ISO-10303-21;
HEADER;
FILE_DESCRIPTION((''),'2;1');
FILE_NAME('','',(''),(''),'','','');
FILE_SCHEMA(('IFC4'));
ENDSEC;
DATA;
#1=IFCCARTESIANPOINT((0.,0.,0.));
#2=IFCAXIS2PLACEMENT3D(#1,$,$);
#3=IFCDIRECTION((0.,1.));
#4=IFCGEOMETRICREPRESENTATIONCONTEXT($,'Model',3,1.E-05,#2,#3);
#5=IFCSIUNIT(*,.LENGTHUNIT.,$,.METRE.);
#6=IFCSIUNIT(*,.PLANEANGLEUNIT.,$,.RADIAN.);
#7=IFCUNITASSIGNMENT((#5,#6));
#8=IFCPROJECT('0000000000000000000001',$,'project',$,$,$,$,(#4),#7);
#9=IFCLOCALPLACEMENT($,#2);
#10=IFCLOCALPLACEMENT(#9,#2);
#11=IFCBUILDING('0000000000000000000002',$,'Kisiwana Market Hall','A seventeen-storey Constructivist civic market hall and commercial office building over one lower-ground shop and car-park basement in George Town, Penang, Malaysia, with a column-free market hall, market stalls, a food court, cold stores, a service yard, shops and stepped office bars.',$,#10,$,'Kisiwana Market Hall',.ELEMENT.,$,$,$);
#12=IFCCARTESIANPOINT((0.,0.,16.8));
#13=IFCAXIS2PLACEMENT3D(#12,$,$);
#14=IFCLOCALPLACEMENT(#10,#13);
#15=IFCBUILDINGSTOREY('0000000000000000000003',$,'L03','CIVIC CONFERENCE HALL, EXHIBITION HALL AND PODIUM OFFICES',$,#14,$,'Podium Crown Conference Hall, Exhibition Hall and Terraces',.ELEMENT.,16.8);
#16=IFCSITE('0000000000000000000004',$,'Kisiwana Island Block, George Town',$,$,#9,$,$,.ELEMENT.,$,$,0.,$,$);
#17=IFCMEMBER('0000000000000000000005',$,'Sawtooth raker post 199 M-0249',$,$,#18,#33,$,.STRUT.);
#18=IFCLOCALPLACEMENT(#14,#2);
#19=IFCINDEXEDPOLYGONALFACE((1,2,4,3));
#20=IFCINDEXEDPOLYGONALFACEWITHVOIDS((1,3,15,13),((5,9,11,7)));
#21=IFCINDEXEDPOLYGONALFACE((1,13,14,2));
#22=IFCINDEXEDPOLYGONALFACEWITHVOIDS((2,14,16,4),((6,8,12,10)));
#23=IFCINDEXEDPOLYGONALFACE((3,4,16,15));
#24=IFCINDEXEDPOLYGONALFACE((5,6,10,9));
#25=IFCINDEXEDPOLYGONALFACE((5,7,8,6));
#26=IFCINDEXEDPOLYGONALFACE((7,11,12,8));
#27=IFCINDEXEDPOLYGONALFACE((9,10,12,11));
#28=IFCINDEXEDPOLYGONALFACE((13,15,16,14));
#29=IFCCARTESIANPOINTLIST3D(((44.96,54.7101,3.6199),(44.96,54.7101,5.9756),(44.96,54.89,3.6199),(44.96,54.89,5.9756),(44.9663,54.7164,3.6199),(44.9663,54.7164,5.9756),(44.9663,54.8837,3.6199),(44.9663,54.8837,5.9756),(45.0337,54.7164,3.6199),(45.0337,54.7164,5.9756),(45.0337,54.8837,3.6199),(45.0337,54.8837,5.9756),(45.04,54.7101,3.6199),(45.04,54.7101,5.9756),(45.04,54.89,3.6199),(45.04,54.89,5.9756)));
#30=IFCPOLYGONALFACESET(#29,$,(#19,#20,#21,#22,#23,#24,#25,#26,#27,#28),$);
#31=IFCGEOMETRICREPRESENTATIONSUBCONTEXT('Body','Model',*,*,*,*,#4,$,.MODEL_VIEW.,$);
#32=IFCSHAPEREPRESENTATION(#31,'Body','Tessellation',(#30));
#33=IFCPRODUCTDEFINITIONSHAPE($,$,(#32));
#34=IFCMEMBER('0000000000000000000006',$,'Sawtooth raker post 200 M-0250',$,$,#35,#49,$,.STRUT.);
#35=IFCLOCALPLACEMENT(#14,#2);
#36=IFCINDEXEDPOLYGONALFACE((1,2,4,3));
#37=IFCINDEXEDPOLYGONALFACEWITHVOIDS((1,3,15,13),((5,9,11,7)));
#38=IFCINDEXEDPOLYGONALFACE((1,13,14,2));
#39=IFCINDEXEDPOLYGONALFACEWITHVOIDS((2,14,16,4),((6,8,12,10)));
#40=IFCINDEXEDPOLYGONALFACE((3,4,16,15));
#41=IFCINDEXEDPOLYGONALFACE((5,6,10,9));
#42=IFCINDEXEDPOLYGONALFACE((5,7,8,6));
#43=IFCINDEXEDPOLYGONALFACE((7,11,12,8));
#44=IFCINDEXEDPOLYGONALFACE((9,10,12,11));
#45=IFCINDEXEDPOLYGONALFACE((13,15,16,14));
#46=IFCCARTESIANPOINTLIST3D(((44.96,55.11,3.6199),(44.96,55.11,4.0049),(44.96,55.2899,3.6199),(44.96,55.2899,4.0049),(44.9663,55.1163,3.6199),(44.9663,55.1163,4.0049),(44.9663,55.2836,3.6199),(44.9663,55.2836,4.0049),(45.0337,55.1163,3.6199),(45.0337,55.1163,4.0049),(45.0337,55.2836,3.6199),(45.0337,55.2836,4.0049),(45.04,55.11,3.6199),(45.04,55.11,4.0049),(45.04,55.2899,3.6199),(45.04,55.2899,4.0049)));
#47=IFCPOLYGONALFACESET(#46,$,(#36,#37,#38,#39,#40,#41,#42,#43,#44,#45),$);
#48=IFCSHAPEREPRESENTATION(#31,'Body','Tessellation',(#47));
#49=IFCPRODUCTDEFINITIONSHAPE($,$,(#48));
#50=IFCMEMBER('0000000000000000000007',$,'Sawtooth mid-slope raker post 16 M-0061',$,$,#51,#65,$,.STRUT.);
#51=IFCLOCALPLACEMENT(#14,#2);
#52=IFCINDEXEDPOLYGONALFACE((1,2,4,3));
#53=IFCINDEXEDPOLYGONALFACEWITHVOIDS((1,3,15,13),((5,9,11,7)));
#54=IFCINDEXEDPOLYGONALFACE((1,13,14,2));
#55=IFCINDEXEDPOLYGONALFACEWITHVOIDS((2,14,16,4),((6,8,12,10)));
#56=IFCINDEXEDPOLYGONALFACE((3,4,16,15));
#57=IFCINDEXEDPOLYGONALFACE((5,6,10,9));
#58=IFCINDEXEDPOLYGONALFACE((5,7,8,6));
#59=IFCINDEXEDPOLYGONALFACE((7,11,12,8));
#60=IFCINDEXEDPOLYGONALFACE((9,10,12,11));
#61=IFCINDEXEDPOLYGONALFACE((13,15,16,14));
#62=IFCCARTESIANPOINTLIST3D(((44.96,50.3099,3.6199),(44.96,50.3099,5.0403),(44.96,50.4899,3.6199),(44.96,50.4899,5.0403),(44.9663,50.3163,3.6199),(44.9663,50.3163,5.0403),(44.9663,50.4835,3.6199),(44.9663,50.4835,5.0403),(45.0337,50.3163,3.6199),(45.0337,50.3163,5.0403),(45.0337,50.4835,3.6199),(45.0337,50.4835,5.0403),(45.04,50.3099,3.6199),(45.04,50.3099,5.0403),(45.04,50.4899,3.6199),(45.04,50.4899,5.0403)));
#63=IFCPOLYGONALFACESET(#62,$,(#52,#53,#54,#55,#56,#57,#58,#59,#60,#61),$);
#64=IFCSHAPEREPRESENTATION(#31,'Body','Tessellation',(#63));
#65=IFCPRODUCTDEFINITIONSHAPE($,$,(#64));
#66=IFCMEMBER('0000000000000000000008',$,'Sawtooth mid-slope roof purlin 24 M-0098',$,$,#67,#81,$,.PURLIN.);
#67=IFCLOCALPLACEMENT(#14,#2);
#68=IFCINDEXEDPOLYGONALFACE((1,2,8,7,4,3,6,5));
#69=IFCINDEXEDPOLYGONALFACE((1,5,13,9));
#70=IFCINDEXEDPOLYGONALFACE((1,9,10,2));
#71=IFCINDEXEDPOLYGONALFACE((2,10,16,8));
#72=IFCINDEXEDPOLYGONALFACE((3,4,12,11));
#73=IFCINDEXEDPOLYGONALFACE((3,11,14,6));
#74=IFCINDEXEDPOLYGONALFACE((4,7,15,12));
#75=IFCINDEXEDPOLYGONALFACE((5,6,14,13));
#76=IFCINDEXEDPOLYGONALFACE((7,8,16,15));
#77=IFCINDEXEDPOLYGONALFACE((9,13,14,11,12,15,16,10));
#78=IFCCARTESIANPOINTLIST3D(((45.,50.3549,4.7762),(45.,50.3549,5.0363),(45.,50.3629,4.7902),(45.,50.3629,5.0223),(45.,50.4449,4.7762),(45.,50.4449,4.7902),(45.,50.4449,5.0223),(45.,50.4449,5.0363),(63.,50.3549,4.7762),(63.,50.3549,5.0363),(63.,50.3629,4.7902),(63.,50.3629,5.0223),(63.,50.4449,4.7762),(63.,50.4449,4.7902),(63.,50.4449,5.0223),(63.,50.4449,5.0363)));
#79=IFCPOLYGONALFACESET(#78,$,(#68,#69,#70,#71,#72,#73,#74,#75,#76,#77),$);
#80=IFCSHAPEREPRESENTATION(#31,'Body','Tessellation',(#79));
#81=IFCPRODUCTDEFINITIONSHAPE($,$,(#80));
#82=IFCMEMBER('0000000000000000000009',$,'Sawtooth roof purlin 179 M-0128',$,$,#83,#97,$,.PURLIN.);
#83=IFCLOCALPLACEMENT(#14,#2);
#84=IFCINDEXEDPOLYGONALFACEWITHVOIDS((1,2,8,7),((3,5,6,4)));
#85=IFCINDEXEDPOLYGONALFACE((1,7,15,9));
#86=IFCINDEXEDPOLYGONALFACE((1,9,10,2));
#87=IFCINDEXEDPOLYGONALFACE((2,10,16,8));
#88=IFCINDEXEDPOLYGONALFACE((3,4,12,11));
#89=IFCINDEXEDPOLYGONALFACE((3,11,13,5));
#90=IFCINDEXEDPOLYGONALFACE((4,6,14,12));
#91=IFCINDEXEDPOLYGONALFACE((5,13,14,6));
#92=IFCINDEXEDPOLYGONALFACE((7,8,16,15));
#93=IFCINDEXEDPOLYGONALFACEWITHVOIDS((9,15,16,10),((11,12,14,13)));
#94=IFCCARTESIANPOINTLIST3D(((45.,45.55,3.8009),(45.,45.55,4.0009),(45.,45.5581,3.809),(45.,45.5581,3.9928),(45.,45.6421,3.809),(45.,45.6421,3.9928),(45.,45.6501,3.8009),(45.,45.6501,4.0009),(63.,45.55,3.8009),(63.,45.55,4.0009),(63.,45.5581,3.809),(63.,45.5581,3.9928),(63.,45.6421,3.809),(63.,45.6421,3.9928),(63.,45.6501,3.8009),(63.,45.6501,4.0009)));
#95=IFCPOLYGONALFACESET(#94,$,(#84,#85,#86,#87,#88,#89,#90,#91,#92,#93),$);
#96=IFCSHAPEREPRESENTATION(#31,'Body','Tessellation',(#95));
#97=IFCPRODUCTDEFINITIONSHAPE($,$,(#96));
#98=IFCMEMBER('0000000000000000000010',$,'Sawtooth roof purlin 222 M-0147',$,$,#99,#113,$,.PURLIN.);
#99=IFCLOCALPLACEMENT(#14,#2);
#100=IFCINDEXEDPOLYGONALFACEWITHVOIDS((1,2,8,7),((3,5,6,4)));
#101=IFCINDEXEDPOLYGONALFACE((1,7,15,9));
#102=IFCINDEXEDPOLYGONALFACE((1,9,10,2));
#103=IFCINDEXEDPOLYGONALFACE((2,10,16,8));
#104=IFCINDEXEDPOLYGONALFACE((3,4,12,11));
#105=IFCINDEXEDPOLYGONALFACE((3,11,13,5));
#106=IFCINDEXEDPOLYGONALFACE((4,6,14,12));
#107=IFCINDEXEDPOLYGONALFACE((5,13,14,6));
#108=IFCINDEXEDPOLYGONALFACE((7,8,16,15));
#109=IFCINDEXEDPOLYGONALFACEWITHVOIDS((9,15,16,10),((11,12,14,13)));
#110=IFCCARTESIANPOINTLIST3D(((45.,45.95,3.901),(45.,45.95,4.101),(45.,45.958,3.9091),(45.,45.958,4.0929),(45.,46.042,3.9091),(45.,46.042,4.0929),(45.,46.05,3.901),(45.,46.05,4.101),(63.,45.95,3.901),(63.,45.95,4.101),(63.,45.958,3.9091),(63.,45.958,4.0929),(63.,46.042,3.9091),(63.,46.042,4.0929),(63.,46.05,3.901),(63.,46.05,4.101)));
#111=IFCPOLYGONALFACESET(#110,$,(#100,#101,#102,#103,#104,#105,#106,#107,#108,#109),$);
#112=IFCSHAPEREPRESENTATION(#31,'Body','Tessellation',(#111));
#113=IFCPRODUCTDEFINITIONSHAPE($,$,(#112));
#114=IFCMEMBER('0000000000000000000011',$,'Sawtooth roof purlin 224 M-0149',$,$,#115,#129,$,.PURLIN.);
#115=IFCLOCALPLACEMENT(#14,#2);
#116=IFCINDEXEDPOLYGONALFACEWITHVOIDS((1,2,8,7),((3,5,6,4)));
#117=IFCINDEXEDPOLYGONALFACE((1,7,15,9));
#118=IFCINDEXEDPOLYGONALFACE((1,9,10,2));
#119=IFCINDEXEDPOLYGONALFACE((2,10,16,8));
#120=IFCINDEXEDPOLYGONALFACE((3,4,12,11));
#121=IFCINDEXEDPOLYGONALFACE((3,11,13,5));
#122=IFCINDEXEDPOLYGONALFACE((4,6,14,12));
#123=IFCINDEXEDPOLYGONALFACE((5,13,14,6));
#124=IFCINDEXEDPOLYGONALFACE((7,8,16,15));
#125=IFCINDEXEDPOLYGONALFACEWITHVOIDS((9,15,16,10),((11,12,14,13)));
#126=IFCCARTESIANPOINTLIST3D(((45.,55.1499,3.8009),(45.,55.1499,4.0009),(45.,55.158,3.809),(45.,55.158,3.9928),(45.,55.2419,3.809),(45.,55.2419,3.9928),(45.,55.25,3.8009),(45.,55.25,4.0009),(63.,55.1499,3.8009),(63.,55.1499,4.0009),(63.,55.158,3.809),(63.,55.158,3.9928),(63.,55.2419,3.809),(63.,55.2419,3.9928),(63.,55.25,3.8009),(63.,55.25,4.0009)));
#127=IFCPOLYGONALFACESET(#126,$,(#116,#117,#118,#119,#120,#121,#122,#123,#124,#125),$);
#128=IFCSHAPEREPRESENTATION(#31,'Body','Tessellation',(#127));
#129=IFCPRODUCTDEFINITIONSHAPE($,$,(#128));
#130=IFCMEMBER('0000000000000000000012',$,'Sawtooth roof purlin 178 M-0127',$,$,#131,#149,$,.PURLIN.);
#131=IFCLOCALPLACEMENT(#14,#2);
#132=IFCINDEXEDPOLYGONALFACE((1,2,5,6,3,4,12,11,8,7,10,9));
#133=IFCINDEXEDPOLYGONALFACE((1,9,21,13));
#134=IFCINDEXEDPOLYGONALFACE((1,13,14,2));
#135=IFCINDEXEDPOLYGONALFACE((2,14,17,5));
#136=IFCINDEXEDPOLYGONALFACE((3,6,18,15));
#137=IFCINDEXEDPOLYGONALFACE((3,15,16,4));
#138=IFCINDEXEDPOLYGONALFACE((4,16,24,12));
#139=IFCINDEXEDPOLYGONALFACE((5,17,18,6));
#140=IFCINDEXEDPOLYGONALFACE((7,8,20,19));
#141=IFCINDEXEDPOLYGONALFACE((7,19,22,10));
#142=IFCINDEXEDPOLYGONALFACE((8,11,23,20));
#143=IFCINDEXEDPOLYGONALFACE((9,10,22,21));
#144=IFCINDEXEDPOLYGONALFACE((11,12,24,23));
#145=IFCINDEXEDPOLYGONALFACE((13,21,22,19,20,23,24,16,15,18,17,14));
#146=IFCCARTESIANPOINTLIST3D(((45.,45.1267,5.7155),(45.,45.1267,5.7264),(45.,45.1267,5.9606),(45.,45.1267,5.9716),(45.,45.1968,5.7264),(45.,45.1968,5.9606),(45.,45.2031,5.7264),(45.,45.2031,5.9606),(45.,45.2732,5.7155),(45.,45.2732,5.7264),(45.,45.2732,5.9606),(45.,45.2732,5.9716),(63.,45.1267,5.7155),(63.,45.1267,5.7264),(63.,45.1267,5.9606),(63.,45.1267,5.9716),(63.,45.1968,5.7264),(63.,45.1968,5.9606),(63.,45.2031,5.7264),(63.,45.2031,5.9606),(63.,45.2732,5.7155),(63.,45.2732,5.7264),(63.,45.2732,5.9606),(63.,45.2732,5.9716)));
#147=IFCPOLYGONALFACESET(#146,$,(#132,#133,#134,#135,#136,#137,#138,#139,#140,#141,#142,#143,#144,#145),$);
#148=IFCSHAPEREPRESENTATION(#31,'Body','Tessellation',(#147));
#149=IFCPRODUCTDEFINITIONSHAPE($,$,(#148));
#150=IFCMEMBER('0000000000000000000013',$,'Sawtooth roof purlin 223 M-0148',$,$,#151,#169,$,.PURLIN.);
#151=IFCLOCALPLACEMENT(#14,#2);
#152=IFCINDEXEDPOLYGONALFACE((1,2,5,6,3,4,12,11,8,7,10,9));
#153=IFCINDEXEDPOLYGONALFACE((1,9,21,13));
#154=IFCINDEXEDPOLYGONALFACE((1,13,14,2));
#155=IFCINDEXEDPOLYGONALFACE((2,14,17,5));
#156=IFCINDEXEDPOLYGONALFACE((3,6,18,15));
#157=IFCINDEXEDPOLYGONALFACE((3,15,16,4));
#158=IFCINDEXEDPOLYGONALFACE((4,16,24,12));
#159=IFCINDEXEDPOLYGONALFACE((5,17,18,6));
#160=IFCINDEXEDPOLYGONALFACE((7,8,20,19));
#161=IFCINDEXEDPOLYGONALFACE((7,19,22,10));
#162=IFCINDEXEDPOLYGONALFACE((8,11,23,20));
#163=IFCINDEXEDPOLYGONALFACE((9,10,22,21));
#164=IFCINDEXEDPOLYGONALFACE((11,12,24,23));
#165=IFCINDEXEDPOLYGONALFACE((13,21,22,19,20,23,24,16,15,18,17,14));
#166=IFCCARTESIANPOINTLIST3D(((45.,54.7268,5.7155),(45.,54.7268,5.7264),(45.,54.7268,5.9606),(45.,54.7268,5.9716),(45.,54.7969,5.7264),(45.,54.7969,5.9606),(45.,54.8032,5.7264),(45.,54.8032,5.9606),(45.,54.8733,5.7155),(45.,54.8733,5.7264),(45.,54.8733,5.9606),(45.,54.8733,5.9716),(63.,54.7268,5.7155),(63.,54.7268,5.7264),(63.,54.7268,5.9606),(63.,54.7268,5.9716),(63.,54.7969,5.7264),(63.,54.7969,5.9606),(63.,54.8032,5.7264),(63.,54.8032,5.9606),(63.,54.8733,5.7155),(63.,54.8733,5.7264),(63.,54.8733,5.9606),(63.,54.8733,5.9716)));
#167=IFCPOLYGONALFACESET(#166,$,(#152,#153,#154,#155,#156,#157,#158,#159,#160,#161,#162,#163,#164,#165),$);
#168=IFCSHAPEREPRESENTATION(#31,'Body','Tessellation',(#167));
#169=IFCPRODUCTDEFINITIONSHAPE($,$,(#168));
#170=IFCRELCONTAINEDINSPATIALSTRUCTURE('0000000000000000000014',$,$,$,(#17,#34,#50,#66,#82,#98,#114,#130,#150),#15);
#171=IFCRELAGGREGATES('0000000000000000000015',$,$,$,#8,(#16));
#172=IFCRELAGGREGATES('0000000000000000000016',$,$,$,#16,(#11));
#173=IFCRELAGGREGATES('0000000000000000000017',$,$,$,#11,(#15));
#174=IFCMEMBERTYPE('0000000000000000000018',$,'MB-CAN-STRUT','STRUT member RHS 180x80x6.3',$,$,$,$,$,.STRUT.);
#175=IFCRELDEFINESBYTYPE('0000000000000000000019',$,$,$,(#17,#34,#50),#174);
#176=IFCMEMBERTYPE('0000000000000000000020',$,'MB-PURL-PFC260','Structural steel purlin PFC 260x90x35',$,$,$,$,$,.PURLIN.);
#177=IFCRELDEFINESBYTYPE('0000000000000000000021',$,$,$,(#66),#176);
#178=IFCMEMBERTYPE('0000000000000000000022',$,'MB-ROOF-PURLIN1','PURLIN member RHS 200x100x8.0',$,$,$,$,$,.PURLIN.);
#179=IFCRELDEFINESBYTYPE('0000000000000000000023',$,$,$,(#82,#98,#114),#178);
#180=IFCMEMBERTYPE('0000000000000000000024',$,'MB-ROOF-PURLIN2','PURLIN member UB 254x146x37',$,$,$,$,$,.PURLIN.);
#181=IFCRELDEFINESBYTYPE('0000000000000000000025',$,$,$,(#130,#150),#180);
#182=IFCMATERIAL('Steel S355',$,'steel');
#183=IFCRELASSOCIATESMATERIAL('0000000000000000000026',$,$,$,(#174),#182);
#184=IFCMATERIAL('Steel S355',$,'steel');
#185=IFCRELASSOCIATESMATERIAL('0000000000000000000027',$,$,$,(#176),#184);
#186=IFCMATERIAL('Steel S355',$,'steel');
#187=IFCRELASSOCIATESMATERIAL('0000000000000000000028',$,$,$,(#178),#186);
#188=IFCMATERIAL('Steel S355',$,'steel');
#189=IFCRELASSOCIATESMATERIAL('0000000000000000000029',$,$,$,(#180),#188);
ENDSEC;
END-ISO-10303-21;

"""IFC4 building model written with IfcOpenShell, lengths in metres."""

from ifc_helpers import new_model, si_unit, direction, frame, origin, origin_2d, place, context, subcontext, project, spatial, hollow_rectangle, i_section, u_section, extrude, material, material_profile, profile_set, type_object, element, save


model = new_model("IFC4")

# Units and contexts
model_context = context("Model", 3, precision=1e-05, world=origin(), true_north=direction((0.0, 1.0)))
body_context = subcontext(model_context, "Body", "Model", "MODEL_VIEW")
ifc_project = project(units=[si_unit("LENGTHUNIT", "METRE"), si_unit("PLANEANGLEUNIT", "RADIAN")], contexts=[model_context])

# Site, building, storey
site_placement = place(None, origin())
site = spatial("IfcSite", under=ifc_project, at=site_placement, Name="Kisiwana Island Block, George Town", CompositionType="ELEMENT", RefElevation=0.0)
building_placement = place(site_placement, origin())
building = spatial("IfcBuilding", under=site, at=building_placement, Name="Kisiwana Market Hall", Description="A seventeen-storey Constructivist civic market hall and commercial office building over one lower-ground shop and car-park basement in George Town, Penang, Malaysia, with a column-free market hall, market stalls, a food court, cold stores, a service yard, shops and stepped office bars.", LongName="Kisiwana Market Hall", CompositionType="ELEMENT")
storey_placement = place(building_placement, frame((0.0, 0.0, 16.8)))
storey = spatial("IfcBuildingStorey", under=building, at=storey_placement, Name="L03", Description="CIVIC CONFERENCE HALL, EXHIBITION HALL AND PODIUM OFFICES", LongName="Podium Crown Conference Hall, Exhibition Hall and Terraces", CompositionType="ELEMENT", Elevation=16.8)

# Members
ifc_material_1 = material(Name="Steel S355", Category="steel")
ifc_material_profile_1 = material_profile(ifc_material_1, hollow_rectangle(XDim=0.0801, YDim=0.1799, WallThickness=0.0063, at=origin_2d()), Name="RHS 180x80x6.3")
ifc_profile_set_1 = profile_set([ifc_material_profile_1], Name="Steel S355")
member_type_1 = type_object("IfcMemberType", Name="MB-CAN-STRUT", Description="STRUT member RHS 180x80x6.3", PredefinedType="STRUT", material=ifc_profile_set_1)
member_1_placement = place(storey_placement, frame((45.0, 54.8, 3.6199), z_axis=(0.0, 0.0, 1.0), x_axis=(1.0, 0.0, 0.0)))
element("IfcMember", 1, at=member_1_placement, inside=storey, type_object=member_type_1, Name="Sawtooth raker post 199 M-0249", PredefinedType="STRUT", context=body_context, shape_type="SweptSolid", body=[
    extrude(hollow_rectangle(XDim=0.0801, YDim=0.1799, WallThickness=0.0063, at=origin_2d()), origin(), (0.0, 0.0, 1.0), 2.3557),
])
member_2_placement = place(storey_placement, frame((45.0, 55.2, 3.6199), z_axis=(0.0, 0.0, 1.0), x_axis=(1.0, 0.0, 0.0)))
element("IfcMember", 2, at=member_2_placement, inside=storey, type_object=member_type_1, Name="Sawtooth raker post 200 M-0250", PredefinedType="STRUT", context=body_context, shape_type="SweptSolid", body=[
    extrude(hollow_rectangle(XDim=0.0801, YDim=0.1799, WallThickness=0.0063, at=origin_2d()), origin(), (0.0, 0.0, 1.0), 0.385),
])
member_3_placement = place(storey_placement, frame((45.0, 50.3999, 3.6199), z_axis=(0.0, 0.0, 1.0), x_axis=(1.0, 0.0, 0.0)))
element("IfcMember", 3, at=member_3_placement, inside=storey, type_object=member_type_1, Name="Sawtooth mid-slope raker post 16 M-0061", PredefinedType="STRUT", context=body_context, shape_type="SweptSolid", body=[
    extrude(hollow_rectangle(XDim=0.0801, YDim=0.1799, WallThickness=0.0063, at=origin_2d()), origin(), (0.0, 0.0, 1.0), 1.4204),
])
ifc_material_2 = material(Name="Steel S355", Category="steel")
ifc_material_profile_2 = material_profile(ifc_material_2, u_section(Depth=0.26, FlangeWidth=0.0901, WebThickness=0.0081, FlangeThickness=0.0139, at=origin_2d()), Name="PFC 260x90x35")
ifc_profile_set_2 = profile_set([ifc_material_profile_2], Name="Steel S355")
member_type_2 = type_object("IfcMemberType", Name="MB-PURL-PFC260", Description="Structural steel purlin PFC 260x90x35", PredefinedType="PURLIN", material=ifc_profile_set_2)
member_4_placement = place(storey_placement, frame((45.0, 50.3999, 4.9062), z_axis=(1.0, 0.0, 0.0), x_axis=(0.0, 1.0, 0.0)))
element("IfcMember", 4, at=member_4_placement, inside=storey, type_object=member_type_2, Name="Sawtooth mid-slope roof purlin 24 M-0098", PredefinedType="PURLIN", context=body_context, shape_type="SweptSolid", body=[
    extrude(u_section(Depth=0.26, FlangeWidth=0.0901, WebThickness=0.0081, FlangeThickness=0.0139, at=origin_2d()), origin(), (0.0, 0.0, 1.0), 18.0),
])
ifc_material_3 = material(Name="Steel S355", Category="steel")
ifc_material_profile_3 = material_profile(ifc_material_3, hollow_rectangle(XDim=0.1001, YDim=0.2, WallThickness=0.0081, at=origin_2d()), Name="RHS 200x100x8.0")
ifc_profile_set_3 = profile_set([ifc_material_profile_3], Name="Steel S355")
member_type_3 = type_object("IfcMemberType", Name="MB-ROOF-PURLIN1", Description="PURLIN member RHS 200x100x8.0", PredefinedType="PURLIN", material=ifc_profile_set_3)
for number, where, z_axis, x_axis, name in (
    (5, (45.0, 45.6001, 3.9009), (1.0, 0.0, 0.0), (0.0, 1.0, 0.0), "Sawtooth roof purlin 179 M-0128"),
    (6, (45.0, 46.0, 4.001), (1.0, 0.0, 0.0), (0.0, 1.0, 0.0), "Sawtooth roof purlin 222 M-0147"),
    (7, (45.0, 55.2, 3.9009), (1.0, 0.0, 0.0), (0.0, 1.0, 0.0), "Sawtooth roof purlin 224 M-0149"),
):
    element("IfcMember", number, at=place(storey_placement, frame(where, z_axis=z_axis, x_axis=x_axis)), inside=storey, type_object=member_type_3, Name=name, PredefinedType="PURLIN", context=body_context, shape_type="SweptSolid", body=[
        extrude(hollow_rectangle(XDim=0.1001, YDim=0.2, WallThickness=0.0081, at=origin_2d()), origin(), (0.0, 0.0, 1.0), 18.0),
    ])
ifc_material_4 = material(Name="Steel S355", Category="steel")
ifc_material_profile_4 = material_profile(ifc_material_4, i_section(OverallWidth=0.1465, OverallDepth=0.2561, WebThickness=0.0063, FlangeThickness=0.011, at=origin_2d()), Name="UB 254x146x37")
ifc_profile_set_4 = profile_set([ifc_material_profile_4], Name="Steel S355")
member_type_4 = type_object("IfcMemberType", Name="MB-ROOF-PURLIN2", Description="PURLIN member UB 254x146x37", PredefinedType="PURLIN", material=ifc_profile_set_4)
for number, where, z_axis, x_axis, name in (
    (8, (45.0, 45.2, 5.8435), (1.0, 0.0, 0.0), (0.0, 1.0, 0.0), "Sawtooth roof purlin 178 M-0127"),
    (9, (45.0, 54.8, 5.8435), (1.0, 0.0, 0.0), (0.0, 1.0, 0.0), "Sawtooth roof purlin 223 M-0148"),
):
    element("IfcMember", number, at=place(storey_placement, frame(where, z_axis=z_axis, x_axis=x_axis)), inside=storey, type_object=member_type_4, Name=name, PredefinedType="PURLIN", context=body_context, shape_type="SweptSolid", body=[
        extrude(i_section(OverallWidth=0.1465, OverallDepth=0.2561, WebThickness=0.0063, FlangeThickness=0.011, at=origin_2d()), origin(), (0.0, 0.0, 1.0), 18.0),
    ])

save(model, "model.ifc")
